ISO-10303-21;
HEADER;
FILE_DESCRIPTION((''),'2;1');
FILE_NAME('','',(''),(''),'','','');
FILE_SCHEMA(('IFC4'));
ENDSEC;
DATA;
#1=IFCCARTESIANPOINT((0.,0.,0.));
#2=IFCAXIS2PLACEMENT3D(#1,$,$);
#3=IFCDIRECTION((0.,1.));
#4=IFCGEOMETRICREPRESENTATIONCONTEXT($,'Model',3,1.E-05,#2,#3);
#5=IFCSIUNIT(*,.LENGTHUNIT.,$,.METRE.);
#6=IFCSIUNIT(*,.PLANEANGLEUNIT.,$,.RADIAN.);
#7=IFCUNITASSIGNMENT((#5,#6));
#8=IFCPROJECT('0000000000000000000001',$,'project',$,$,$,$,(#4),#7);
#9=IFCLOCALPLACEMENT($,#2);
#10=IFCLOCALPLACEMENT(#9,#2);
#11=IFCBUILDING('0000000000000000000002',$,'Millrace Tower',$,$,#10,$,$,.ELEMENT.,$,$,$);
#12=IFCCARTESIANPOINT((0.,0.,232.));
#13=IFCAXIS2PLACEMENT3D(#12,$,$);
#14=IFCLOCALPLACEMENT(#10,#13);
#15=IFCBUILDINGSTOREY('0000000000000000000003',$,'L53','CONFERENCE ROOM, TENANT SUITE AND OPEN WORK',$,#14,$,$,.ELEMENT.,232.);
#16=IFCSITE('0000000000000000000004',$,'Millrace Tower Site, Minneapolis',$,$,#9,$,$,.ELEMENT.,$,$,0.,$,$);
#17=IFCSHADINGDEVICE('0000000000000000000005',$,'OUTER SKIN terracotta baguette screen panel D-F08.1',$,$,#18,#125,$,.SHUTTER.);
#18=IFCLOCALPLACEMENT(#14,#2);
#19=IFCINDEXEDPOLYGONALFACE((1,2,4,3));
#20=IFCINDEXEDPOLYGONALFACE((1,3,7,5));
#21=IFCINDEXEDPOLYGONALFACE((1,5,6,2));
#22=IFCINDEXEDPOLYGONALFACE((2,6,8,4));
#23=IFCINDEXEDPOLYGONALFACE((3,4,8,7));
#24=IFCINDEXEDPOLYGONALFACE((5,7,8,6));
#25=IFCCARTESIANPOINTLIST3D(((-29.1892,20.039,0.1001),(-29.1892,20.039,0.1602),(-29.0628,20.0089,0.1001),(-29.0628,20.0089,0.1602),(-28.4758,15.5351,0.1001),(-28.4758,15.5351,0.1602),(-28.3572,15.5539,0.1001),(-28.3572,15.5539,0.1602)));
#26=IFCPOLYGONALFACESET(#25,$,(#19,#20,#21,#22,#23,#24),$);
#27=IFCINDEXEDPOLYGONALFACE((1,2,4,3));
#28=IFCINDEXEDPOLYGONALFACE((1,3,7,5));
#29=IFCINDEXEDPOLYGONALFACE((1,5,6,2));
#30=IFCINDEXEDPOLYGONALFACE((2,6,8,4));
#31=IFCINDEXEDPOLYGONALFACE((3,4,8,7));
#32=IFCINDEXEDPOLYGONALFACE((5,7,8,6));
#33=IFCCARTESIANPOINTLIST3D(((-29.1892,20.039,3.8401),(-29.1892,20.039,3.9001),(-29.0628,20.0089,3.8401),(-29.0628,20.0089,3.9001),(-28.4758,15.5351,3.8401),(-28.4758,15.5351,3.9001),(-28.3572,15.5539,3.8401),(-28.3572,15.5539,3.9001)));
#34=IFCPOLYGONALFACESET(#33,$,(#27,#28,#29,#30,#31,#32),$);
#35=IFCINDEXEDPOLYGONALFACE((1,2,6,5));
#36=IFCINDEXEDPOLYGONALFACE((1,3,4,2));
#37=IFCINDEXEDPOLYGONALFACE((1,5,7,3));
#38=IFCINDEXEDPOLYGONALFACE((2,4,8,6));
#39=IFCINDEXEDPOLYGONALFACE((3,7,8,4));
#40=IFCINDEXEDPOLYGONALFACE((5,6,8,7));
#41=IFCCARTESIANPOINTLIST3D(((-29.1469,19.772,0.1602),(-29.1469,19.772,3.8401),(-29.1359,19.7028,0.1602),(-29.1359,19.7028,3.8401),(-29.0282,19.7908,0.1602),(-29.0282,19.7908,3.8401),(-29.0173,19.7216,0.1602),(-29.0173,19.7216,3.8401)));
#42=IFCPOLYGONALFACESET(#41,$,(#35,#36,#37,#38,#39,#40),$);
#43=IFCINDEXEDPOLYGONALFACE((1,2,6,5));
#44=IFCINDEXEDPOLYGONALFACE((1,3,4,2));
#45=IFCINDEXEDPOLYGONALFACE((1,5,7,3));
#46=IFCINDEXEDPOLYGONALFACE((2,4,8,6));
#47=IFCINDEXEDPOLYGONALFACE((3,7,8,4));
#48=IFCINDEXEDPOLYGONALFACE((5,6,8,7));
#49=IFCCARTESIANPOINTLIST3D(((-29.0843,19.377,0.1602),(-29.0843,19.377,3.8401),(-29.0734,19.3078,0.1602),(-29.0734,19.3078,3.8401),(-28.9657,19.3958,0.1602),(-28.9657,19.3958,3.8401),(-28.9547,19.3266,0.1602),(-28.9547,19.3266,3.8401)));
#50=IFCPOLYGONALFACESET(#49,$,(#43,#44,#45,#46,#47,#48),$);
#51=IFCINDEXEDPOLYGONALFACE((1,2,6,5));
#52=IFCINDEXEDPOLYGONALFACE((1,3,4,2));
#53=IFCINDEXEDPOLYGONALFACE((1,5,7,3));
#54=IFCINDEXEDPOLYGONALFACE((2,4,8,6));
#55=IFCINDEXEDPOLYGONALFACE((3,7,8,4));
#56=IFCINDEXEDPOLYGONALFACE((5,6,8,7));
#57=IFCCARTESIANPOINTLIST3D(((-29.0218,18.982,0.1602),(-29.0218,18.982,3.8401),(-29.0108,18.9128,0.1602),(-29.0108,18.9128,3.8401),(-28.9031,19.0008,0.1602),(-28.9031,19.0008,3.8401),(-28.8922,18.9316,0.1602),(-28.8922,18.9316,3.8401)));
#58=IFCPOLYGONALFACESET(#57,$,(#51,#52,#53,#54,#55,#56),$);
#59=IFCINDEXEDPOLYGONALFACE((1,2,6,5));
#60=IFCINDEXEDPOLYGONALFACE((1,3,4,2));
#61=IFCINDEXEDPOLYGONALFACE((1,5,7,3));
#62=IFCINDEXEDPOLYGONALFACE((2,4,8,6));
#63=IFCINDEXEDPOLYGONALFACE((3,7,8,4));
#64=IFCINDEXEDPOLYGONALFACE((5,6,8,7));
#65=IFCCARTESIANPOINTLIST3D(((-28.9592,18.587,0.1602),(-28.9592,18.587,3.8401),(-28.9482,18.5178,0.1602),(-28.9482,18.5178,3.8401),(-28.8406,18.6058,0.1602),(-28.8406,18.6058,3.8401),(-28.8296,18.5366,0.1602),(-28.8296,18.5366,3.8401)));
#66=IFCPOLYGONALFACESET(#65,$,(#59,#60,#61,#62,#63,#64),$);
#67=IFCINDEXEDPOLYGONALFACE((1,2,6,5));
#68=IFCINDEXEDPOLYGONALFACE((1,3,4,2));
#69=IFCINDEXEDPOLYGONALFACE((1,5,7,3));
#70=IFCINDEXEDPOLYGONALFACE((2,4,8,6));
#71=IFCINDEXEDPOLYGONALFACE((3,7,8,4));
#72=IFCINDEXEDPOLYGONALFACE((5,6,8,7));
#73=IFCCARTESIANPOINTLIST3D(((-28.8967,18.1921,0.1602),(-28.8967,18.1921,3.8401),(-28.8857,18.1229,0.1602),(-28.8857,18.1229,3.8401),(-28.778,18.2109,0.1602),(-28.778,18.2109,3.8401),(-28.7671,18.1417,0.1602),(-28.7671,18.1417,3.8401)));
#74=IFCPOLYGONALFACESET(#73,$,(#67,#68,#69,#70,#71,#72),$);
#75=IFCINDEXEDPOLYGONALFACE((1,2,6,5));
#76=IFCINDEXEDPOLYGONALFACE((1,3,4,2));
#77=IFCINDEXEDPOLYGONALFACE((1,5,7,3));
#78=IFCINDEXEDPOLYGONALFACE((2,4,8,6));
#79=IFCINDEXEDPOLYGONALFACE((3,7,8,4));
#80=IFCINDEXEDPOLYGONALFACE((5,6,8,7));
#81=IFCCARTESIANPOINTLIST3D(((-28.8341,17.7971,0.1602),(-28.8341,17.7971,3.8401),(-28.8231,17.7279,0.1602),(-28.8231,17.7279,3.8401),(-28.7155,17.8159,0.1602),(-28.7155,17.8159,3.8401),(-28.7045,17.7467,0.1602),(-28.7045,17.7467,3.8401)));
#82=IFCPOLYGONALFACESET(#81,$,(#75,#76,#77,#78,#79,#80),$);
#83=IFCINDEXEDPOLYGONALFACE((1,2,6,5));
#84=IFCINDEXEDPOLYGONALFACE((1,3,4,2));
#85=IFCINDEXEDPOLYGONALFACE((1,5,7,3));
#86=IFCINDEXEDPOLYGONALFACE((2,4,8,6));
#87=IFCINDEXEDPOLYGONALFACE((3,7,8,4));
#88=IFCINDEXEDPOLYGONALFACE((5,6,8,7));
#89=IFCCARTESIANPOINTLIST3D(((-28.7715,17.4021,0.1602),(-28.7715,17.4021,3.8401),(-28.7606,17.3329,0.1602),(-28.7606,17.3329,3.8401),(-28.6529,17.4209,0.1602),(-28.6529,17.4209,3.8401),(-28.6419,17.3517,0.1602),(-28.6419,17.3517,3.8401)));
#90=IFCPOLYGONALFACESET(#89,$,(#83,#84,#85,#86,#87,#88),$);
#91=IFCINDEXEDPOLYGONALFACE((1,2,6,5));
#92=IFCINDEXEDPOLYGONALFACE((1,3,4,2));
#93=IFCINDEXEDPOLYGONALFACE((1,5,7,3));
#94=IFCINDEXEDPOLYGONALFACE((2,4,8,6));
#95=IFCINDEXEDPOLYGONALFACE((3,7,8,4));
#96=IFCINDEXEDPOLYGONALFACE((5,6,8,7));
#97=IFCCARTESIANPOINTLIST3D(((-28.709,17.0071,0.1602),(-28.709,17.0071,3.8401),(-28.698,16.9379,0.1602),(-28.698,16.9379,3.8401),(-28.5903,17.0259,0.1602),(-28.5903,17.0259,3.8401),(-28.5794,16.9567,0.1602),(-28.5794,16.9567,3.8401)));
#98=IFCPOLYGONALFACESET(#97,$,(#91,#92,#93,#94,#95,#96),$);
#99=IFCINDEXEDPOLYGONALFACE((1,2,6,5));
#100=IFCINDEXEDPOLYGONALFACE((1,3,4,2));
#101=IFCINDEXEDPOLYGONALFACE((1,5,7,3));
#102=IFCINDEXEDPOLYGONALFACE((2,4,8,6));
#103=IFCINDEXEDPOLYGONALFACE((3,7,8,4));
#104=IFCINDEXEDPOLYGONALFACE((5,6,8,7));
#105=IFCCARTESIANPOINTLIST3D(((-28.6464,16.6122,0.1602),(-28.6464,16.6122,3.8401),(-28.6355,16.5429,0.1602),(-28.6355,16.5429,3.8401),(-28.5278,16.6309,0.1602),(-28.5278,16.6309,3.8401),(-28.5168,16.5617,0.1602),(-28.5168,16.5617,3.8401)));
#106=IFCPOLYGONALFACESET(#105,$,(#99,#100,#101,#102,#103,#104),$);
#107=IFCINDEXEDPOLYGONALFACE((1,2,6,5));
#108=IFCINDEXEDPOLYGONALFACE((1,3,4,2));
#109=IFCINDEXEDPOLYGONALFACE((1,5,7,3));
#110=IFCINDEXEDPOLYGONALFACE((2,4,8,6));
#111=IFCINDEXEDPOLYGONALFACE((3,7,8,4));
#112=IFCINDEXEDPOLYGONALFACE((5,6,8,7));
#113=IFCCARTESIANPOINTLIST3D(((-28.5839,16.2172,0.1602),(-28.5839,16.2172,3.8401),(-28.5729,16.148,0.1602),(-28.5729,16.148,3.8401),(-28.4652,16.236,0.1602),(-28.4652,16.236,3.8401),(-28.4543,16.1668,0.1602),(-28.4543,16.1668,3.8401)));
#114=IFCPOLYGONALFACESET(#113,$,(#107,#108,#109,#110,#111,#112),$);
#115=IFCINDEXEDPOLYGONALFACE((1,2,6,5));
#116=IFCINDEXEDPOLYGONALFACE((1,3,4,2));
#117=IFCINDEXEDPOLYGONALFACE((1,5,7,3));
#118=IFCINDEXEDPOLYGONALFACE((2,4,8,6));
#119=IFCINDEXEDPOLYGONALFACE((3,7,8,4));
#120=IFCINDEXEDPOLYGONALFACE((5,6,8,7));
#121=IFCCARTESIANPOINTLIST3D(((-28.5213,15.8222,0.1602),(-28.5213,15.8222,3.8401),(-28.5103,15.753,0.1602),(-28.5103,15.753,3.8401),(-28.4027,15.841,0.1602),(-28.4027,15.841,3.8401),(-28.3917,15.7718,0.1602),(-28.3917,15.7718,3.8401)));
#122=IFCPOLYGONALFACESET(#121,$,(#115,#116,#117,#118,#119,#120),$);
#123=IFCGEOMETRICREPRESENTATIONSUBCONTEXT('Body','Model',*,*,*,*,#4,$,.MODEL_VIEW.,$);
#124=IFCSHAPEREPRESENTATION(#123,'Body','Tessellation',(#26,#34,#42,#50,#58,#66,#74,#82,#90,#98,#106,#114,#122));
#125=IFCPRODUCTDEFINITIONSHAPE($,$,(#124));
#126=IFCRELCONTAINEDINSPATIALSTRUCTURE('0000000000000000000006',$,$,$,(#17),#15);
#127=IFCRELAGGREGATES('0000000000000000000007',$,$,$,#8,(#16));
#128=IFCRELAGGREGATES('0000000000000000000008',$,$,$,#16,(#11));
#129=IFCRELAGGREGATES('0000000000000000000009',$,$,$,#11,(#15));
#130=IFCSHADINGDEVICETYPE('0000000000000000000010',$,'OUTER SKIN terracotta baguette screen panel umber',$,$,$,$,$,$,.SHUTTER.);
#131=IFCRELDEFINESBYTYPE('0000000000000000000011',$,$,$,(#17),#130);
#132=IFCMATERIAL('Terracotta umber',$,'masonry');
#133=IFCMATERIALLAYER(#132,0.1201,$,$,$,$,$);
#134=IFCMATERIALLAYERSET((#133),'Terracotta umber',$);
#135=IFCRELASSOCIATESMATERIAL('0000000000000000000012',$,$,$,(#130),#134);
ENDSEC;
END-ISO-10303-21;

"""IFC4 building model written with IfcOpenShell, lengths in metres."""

from ifc_helpers import new_model, entity, si_unit, direction, frame, frame_2d, origin, place, context, subcontext, project, spatial, rectangle, extrude, source, transform, mapped, material, layer, layer_set, type_object, element, save


model = new_model("IFC4")

# Units and contexts
model_context = context("Model", 3, precision=1e-05, world=origin(), true_north=direction((0.0, 1.0)))
body_context = subcontext(model_context, "Body", "Model", "MODEL_VIEW")
ifc_project = project(units=[si_unit("LENGTHUNIT", "METRE"), si_unit("PLANEANGLEUNIT", "RADIAN")], contexts=[model_context])

# Site, building, storey
site_placement = place(None, origin())
site = spatial("IfcSite", under=ifc_project, at=site_placement, Name="Millrace Tower Site, Minneapolis", CompositionType="ELEMENT", RefElevation=0.0)
building_placement = place(site_placement, origin())
building = spatial("IfcBuilding", under=site, at=building_placement, Name="Millrace Tower", CompositionType="ELEMENT")
storey_placement = place(building_placement, frame((0.0, 0.0, 232.0)))
storey = spatial("IfcBuildingStorey", under=building, at=storey_placement, Name="L53", Description="CONFERENCE ROOM, TENANT SUITE AND OPEN WORK", CompositionType="ELEMENT", Elevation=232.0)

# Shading device
ifc_material_1 = material(Name="Terracotta umber", Category="masonry")
ifc_layer_1 = layer(ifc_material_1, 0.1201)
ifc_layer_set_1 = layer_set([ifc_layer_1], Name="Terracotta umber")
shading_device_type = type_object("IfcShadingDeviceType", Name="OUTER SKIN terracotta baguette screen panel umber", PredefinedType="SHUTTER", material=ifc_layer_set_1)
cartesian_point_1 = entity("IfcCartesianPoint", [-2.2429, 0.0601])
shared_polyline_1 = entity("IfcPolyline", [cartesian_point_1, entity("IfcCartesianPoint", [2.2676, 0.0601]), entity("IfcCartesianPoint", [2.2676, -0.0601]), entity("IfcCartesianPoint", [-2.2925, -0.0601]), cartesian_point_1])
shared_shape_1 = source(origin(), body_context, "Body", "SweptSolid", [
    entity("IfcExtrudedAreaSolid", entity("IfcArbitraryClosedProfileDef", "AREA", None, shared_polyline_1), entity("IfcAxis2Placement3D", entity("IfcCartesianPoint", [0.0, 0.0, 0.0])), entity("IfcDirection", [0.0, 0.0, 1.0]), 0.0601),
    entity("IfcExtrudedAreaSolid", entity("IfcArbitraryClosedProfileDef", "AREA", None, shared_polyline_1), entity("IfcAxis2Placement3D", entity("IfcCartesianPoint", [0.0, 0.0, 3.74])), entity("IfcDirection", [0.0, 0.0, 1.0]), 0.0601),
    extrude(rectangle(XDim=0.0701, YDim=0.1201, at=frame_2d((-1.9871, 0.0))), frame((0.0, 0.0, 0.0601)), (0.0, 0.0, 1.0), 3.6799),
    extrude(rectangle(XDim=0.0701, YDim=0.1201, at=frame_2d((-1.5872, 0.0))), frame((0.0, 0.0, 0.0601)), (0.0, 0.0, 1.0), 3.6799),
    extrude(rectangle(XDim=0.0701, YDim=0.1201, at=frame_2d((-1.1873, 0.0))), frame((0.0, 0.0, 0.0601)), (0.0, 0.0, 1.0), 3.6799),
    extrude(rectangle(XDim=0.0701, YDim=0.1201, at=frame_2d((-0.7874, 0.0))), frame((0.0, 0.0, 0.0601)), (0.0, 0.0, 1.0), 3.6799),
    extrude(rectangle(XDim=0.0701, YDim=0.1201, at=frame_2d((-0.3875, 0.0))), frame((0.0, 0.0, 0.0601)), (0.0, 0.0, 1.0), 3.6799),
    extrude(rectangle(XDim=0.0701, YDim=0.1201, at=frame_2d((0.0125, 0.0))), frame((0.0, 0.0, 0.0601)), (0.0, 0.0, 1.0), 3.6799),
    extrude(rectangle(XDim=0.0701, YDim=0.1201, at=frame_2d((0.4124, 0.0))), frame((0.0, 0.0, 0.0601)), (0.0, 0.0, 1.0), 3.6799),
    extrude(rectangle(XDim=0.0701, YDim=0.1201, at=frame_2d((0.8123, 0.0))), frame((0.0, 0.0, 0.0601)), (0.0, 0.0, 1.0), 3.6799),
    extrude(rectangle(XDim=0.0701, YDim=0.1201, at=frame_2d((1.2122, 0.0))), frame((0.0, 0.0, 0.0601)), (0.0, 0.0, 1.0), 3.6799),
    extrude(rectangle(XDim=0.0701, YDim=0.1201, at=frame_2d((1.6121, 0.0))), frame((0.0, 0.0, 0.0601)), (0.0, 0.0, 1.0), 3.6799),
    extrude(rectangle(XDim=0.0701, YDim=0.1201, at=frame_2d((2.012, 0.0))), frame((0.0, 0.0, 0.0601)), (0.0, 0.0, 1.0), 3.6799),
])
shading_device_1_placement = place(storey_placement, frame((-28.7712, 17.7842, 0.1001), z_axis=(0.0, 0.0, 1.0), x_axis=(0.156434, -0.987688, 0.0)))
element("IfcShadingDevice", 1, at=shading_device_1_placement, inside=storey, type_object=shading_device_type, Name="OUTER SKIN terracotta baguette screen panel D-F08.1", PredefinedType="SHUTTER", context=body_context, shape_type="MappedRepresentation", body=[
    mapped(shared_shape_1, transform((0.0, 0.0, 0.0), scale=1.0)),
])

save(model, "model.ifc")
